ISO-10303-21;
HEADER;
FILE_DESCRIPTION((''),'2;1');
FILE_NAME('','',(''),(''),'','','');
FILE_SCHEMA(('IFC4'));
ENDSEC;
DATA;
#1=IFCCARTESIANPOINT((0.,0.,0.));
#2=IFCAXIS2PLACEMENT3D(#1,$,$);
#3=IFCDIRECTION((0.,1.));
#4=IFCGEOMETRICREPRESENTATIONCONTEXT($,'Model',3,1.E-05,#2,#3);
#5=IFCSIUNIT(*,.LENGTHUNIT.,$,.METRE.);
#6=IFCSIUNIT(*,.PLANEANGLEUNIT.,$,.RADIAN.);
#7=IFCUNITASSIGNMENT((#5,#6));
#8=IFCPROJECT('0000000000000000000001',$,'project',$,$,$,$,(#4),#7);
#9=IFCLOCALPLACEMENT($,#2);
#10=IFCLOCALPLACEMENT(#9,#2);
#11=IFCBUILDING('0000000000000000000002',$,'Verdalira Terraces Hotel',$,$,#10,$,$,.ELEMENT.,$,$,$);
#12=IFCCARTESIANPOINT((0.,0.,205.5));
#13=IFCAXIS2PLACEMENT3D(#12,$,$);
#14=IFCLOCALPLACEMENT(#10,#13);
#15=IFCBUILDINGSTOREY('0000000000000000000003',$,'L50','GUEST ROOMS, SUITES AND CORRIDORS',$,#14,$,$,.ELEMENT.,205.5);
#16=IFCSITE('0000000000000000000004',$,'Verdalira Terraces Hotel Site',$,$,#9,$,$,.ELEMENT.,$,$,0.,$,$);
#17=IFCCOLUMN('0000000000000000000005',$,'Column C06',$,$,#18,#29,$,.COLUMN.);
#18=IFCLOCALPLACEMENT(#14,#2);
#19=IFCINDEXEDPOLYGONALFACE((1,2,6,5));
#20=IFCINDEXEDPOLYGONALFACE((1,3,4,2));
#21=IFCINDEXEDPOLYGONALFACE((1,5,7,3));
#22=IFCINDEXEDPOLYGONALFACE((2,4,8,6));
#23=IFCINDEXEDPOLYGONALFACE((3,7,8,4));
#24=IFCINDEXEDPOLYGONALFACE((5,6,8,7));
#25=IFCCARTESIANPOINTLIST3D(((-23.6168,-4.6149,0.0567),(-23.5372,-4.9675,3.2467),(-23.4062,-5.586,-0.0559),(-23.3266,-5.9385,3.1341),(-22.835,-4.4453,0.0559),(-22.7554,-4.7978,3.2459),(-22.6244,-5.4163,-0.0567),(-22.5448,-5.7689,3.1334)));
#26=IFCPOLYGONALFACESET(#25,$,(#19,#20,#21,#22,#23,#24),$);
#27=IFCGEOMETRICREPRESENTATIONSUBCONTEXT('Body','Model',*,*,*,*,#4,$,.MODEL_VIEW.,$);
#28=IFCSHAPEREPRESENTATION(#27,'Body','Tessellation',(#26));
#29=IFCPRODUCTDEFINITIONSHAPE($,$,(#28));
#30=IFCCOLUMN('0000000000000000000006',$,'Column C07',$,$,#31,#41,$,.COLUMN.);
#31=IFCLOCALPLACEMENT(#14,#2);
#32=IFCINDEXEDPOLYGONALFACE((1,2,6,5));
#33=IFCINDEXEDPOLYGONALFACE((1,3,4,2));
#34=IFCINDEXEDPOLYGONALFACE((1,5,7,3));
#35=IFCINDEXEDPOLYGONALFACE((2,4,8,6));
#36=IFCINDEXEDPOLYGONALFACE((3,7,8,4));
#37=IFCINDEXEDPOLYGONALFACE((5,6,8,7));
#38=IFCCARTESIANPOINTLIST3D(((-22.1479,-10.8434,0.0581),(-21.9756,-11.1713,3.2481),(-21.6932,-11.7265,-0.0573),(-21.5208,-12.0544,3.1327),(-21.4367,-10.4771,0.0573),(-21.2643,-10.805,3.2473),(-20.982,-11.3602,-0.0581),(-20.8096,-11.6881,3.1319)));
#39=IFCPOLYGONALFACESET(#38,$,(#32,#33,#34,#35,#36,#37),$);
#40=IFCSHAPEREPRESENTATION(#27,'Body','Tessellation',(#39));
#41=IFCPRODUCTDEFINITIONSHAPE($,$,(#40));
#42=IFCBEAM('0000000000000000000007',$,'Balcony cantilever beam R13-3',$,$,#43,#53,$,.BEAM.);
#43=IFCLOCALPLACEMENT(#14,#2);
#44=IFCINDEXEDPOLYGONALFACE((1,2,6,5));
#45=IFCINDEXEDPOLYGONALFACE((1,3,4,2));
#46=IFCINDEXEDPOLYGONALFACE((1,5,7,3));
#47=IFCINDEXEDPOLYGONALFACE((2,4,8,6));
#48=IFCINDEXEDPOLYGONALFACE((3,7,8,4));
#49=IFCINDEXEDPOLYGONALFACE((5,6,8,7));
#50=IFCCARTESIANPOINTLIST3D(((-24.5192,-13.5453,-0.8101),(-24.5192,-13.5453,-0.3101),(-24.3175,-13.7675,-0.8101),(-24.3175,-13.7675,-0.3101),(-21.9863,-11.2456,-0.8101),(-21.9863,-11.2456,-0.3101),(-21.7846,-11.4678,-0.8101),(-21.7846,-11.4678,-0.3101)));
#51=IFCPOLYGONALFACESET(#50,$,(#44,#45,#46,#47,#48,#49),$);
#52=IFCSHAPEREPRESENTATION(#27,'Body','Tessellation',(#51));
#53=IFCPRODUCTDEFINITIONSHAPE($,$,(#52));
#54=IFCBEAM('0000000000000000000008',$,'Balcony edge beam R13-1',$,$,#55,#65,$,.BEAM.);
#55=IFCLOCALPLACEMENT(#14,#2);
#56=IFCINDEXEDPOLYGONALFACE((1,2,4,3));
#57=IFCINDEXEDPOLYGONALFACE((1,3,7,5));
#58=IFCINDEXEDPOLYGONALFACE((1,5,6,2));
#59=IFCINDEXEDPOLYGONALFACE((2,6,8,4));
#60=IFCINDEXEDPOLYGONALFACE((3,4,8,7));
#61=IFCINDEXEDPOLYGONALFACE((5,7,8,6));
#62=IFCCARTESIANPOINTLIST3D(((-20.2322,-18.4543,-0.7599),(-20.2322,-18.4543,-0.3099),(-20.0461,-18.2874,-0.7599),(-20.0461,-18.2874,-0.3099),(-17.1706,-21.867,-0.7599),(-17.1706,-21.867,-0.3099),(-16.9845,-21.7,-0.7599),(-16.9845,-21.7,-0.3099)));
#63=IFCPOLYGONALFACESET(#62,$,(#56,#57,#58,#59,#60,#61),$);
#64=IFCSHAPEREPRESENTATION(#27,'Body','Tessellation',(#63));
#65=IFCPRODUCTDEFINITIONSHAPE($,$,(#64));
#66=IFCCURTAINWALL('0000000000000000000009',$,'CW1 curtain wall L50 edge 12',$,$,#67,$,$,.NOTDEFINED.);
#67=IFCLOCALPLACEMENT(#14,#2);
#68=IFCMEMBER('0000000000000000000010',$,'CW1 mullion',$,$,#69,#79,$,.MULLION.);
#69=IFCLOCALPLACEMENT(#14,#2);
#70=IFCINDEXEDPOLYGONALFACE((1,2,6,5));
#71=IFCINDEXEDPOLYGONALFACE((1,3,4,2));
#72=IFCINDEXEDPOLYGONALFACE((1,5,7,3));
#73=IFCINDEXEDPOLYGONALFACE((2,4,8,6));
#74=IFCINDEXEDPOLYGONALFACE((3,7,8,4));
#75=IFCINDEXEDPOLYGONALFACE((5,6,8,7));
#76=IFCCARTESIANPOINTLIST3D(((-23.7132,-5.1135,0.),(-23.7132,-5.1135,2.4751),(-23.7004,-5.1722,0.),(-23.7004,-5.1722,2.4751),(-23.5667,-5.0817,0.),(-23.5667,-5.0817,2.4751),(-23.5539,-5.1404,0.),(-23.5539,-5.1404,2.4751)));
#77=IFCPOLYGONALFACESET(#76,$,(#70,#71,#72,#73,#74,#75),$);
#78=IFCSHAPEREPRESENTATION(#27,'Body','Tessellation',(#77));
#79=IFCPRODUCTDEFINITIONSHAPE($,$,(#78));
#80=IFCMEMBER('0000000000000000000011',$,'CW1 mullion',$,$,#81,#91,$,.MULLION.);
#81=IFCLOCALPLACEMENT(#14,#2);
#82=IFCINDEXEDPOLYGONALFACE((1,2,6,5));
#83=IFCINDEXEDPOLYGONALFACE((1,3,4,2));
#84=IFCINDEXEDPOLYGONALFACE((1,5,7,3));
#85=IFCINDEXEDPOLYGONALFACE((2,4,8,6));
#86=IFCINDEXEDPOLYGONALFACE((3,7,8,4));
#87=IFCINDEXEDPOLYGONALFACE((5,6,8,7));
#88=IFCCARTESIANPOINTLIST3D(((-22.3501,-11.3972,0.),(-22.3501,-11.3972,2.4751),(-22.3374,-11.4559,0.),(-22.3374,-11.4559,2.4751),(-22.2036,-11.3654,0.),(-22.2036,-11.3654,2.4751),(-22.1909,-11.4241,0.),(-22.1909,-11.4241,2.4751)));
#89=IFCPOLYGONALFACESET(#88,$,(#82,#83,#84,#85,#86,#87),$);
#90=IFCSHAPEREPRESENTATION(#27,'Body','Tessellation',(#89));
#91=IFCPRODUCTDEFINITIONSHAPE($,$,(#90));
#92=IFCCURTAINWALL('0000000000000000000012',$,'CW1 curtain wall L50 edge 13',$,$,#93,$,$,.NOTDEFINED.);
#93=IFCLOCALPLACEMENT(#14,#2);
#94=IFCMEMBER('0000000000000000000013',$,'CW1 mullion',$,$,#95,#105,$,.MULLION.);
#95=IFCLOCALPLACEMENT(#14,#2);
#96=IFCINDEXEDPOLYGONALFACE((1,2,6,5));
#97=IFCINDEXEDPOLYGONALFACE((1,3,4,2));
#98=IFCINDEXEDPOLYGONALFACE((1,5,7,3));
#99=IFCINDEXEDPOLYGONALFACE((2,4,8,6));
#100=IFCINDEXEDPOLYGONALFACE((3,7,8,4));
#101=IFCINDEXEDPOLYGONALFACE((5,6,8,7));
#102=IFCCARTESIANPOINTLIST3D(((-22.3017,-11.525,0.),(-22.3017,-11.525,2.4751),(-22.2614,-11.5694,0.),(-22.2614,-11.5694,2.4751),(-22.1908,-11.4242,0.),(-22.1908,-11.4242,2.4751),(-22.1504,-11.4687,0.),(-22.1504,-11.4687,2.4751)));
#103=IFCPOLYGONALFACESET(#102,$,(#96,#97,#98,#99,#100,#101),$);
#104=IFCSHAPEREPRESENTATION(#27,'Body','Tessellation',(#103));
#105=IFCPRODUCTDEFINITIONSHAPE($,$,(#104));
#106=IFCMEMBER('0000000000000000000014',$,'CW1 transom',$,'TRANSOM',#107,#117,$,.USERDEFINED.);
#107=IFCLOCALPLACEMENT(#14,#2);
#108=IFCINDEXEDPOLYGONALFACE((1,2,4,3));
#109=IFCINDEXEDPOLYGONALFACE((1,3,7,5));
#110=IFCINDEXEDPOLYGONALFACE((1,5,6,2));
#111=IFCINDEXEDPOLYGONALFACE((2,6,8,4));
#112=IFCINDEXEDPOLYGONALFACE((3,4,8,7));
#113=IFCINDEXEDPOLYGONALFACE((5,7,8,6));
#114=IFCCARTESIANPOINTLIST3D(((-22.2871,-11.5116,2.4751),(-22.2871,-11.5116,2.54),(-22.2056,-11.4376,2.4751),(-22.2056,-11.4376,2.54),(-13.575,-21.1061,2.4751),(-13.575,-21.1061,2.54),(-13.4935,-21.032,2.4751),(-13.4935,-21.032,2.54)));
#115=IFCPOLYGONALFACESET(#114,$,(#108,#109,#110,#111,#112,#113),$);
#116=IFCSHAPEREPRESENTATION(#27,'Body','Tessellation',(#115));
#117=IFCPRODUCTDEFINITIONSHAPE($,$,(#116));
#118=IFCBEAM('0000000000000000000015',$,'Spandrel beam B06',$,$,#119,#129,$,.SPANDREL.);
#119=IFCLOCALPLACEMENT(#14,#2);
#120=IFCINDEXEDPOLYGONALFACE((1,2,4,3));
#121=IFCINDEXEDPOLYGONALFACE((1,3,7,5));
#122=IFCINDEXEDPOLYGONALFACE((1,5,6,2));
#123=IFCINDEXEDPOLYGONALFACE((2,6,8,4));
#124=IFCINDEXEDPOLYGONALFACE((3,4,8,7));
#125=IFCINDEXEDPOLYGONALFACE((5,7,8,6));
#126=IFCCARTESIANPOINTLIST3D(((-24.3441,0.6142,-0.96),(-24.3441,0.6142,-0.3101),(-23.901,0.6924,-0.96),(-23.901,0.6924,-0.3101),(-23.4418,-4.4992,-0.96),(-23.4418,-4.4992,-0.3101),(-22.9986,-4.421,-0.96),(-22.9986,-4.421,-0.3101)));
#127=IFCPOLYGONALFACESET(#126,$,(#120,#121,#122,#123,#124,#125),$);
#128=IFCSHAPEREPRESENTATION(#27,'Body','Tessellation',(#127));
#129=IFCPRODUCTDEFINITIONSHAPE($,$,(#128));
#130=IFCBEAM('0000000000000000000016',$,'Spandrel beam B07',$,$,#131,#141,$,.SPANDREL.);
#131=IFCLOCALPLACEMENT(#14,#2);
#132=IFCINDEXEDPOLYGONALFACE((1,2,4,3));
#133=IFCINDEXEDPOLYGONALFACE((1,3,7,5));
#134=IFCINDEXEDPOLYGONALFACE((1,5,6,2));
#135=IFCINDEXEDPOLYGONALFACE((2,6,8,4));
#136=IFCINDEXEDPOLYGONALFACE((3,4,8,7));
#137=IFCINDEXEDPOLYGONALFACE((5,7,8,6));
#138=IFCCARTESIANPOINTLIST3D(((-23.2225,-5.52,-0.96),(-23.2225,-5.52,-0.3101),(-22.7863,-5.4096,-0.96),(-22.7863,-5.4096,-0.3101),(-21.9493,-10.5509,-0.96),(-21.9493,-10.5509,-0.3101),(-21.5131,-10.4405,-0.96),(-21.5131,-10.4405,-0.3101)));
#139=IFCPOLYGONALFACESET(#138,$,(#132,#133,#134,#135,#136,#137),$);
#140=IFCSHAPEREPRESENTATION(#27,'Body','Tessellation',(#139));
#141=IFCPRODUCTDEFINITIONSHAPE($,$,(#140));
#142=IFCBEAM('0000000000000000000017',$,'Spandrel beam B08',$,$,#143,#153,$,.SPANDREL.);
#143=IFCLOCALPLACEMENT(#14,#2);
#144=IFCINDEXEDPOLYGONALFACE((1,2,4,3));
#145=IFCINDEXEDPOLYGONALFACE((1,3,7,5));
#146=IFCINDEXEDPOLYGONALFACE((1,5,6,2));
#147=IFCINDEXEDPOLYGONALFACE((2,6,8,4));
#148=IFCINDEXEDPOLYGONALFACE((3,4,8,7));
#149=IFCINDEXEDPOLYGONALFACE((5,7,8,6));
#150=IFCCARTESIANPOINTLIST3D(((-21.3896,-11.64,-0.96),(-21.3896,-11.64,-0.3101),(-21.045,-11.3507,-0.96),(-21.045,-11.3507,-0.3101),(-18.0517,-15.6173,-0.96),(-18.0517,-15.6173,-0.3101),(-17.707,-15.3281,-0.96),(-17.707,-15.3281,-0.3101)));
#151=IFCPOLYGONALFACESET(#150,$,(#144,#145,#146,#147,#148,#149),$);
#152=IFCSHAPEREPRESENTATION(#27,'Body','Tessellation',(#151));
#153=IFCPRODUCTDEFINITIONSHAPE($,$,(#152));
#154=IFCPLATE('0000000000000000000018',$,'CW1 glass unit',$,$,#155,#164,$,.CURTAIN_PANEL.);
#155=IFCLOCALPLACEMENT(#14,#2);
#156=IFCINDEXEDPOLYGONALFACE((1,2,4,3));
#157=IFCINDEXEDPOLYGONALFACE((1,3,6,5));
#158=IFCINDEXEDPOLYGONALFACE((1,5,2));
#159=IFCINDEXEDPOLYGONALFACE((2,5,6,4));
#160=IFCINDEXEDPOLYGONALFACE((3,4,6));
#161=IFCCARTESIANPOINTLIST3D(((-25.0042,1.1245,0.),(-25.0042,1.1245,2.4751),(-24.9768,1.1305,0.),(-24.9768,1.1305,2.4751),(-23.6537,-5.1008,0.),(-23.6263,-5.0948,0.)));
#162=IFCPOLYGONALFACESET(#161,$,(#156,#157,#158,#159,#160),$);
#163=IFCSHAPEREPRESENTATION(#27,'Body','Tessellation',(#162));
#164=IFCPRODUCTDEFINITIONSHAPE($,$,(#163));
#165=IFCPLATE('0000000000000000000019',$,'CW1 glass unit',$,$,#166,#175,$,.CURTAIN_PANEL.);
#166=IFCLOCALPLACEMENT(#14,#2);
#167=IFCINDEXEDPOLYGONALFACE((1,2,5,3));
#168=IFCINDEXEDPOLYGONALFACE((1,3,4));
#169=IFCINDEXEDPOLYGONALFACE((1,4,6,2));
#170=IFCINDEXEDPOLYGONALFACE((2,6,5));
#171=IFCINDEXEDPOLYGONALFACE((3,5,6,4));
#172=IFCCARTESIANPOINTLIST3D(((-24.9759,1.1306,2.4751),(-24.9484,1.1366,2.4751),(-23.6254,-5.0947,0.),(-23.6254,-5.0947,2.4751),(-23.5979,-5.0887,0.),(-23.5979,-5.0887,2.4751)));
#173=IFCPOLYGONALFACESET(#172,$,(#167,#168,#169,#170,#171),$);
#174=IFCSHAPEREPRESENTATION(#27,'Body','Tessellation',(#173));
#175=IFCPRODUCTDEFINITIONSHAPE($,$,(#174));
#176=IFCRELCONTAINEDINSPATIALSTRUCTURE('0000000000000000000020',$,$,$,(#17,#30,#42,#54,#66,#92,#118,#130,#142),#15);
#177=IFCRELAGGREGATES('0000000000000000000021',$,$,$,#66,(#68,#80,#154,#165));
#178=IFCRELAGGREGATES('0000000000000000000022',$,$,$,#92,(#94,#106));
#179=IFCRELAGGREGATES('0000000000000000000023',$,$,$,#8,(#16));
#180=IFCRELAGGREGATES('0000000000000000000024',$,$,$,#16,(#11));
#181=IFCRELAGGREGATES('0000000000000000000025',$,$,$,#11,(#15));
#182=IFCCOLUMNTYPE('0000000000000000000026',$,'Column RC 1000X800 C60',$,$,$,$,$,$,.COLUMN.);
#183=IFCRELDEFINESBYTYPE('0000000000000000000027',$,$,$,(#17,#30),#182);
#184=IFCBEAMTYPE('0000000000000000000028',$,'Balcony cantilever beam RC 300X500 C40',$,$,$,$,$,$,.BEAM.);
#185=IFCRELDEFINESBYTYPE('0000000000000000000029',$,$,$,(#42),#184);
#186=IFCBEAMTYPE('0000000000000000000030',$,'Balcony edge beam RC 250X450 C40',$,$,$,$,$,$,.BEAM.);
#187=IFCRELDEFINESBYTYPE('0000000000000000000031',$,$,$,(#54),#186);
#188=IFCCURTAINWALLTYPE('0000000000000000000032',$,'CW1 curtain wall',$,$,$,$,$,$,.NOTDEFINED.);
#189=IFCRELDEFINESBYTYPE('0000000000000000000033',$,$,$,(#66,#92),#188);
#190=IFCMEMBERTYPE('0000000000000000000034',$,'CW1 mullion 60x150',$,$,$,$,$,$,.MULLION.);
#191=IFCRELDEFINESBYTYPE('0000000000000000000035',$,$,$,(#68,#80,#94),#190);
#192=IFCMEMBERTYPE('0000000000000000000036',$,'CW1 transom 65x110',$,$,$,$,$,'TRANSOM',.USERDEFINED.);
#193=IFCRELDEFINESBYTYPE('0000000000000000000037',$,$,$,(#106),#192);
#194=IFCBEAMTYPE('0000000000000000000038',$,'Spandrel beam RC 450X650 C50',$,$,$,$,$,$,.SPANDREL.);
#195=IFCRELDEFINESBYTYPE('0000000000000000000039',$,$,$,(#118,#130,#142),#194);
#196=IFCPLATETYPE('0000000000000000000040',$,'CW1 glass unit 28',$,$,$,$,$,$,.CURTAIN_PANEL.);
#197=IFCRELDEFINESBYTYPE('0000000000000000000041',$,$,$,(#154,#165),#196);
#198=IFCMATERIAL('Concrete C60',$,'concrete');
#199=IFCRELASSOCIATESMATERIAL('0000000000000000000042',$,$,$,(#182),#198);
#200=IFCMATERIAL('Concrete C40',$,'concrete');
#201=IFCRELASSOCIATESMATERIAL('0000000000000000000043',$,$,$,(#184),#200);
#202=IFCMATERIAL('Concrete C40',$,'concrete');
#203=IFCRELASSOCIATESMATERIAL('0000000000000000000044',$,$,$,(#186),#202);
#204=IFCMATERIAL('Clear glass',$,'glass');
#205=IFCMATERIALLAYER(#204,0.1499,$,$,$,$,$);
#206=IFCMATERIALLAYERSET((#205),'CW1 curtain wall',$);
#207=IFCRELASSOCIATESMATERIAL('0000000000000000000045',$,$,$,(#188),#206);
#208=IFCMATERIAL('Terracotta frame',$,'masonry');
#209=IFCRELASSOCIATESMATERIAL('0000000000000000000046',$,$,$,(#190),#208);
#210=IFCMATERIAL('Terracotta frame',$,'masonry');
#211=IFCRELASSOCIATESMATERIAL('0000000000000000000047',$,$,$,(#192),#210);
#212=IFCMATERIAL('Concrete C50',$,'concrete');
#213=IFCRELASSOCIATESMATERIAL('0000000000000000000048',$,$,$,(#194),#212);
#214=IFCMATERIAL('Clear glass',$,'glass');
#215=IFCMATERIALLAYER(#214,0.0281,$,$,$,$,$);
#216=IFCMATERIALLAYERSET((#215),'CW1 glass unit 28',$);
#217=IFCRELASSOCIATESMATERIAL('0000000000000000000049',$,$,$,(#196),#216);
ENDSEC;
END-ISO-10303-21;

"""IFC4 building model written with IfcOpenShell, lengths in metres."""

from ifc_helpers import new_model, si_unit, direction, frame, origin, origin_2d, place, context, subcontext, project, spatial, polyline, rectangle, outline, extrude, material, layer, layer_set, material_profile, profile_set, type_object, element, aggregate, save


model = new_model("IFC4")

# Units and contexts
model_context = context("Model", 3, precision=1e-05, world=origin(), true_north=direction((0.0, 1.0)))
body_context = subcontext(model_context, "Body", "Model", "MODEL_VIEW")
ifc_project = project(units=[si_unit("LENGTHUNIT", "METRE"), si_unit("PLANEANGLEUNIT", "RADIAN")], contexts=[model_context])

# Site, building, storey
site_placement = place(None, origin())
site = spatial("IfcSite", under=ifc_project, at=site_placement, Name="Verdalira Terraces Hotel Site", CompositionType="ELEMENT", RefElevation=0.0)
building_placement = place(site_placement, origin())
building = spatial("IfcBuilding", under=site, at=building_placement, Name="Verdalira Terraces Hotel", CompositionType="ELEMENT")
storey_placement = place(building_placement, frame((0.0, 0.0, 205.5)))
storey = spatial("IfcBuildingStorey", under=building, at=storey_placement, Name="L50", Description="GUEST ROOMS, SUITES AND CORRIDORS", CompositionType="ELEMENT", Elevation=205.5)

# Columns
ifc_material_1 = material(Name="Concrete C60", Category="concrete")
ifc_material_profile_1 = material_profile(ifc_material_1, rectangle(XDim=1.0, YDim=0.8, at=origin_2d()), Name="RC 1000X800")
ifc_profile_set_1 = profile_set([ifc_material_profile_1], Name="Concrete C60")
column_type = type_object("IfcColumnType", Name="Column RC 1000X800 C60", PredefinedType="COLUMN", material=ifc_profile_set_1)
column_1_placement = place(storey_placement, frame((-23.1206, -5.0156, 0.0), z_axis=(0.024792, -0.109813, 0.993643), x_axis=(0.210587, -0.971072, -0.112573)))
element("IfcColumn", 1, at=column_1_placement, inside=storey, type_object=column_type, Name="Column C06", PredefinedType="COLUMN", context=body_context, shape_type="SweptSolid", body=[
    extrude(rectangle(XDim=1.0, YDim=0.8, at=origin_2d()), origin(), (0.0, 0.0, 1.0), 3.2104),
])
column_2_placement = place(storey_placement, frame((-21.5649, -11.1018, 0.0), z_axis=(0.053673, -0.1021, 0.993325), x_axis=(-0.454725, 0.883132, 0.115344)))
element("IfcColumn", 2, at=column_2_placement, inside=storey, type_object=column_type, Name="Column C07", PredefinedType="COLUMN", context=body_context, shape_type="SweptSolid", body=[
    extrude(rectangle(XDim=1.0, YDim=0.8, at=origin_2d()), origin(), (0.0, 0.0, 1.0), 3.2114),
])

# Beams
ifc_material_2 = material(Name="Concrete C40", Category="concrete")
ifc_material_profile_2 = material_profile(ifc_material_2, rectangle(XDim=0.3, YDim=0.5, at=origin_2d()), Name="RC 300X500")
ifc_profile_set_2 = profile_set([ifc_material_profile_2], Name="Concrete C40")
beam_type_1 = type_object("IfcBeamType", Name="Balcony cantilever beam RC 300X500 C40", PredefinedType="BEAM", material=ifc_profile_set_2)
beam_1_placement = place(storey_placement, frame((-21.8855, -11.3567, -0.5601), z_axis=(-0.74036, -0.672211, 0.0), x_axis=(0.672211, -0.74036, 0.0)))
element("IfcBeam", 3, at=beam_1_placement, inside=storey, type_object=beam_type_1, Name="Balcony cantilever beam R13-3", PredefinedType="BEAM", context=body_context, shape_type="SweptSolid", body=[
    extrude(rectangle(XDim=0.3, YDim=0.5, at=origin_2d()), origin(), (0.0, 0.0, 1.0), 3.4211),
])
ifc_material_3 = material(Name="Concrete C40", Category="concrete")
ifc_material_profile_3 = material_profile(ifc_material_3, rectangle(XDim=0.25, YDim=0.45, at=origin_2d()), Name="RC 250X450")
ifc_profile_set_3 = profile_set([ifc_material_profile_3], Name="Concrete C40")
beam_type_2 = type_object("IfcBeamType", Name="Balcony edge beam RC 250X450 C40", PredefinedType="BEAM", material=ifc_profile_set_3)
beam_2_placement = place(storey_placement, frame((-20.1392, -18.3709, -0.5349), z_axis=(0.667781, -0.744358, 0.0), x_axis=(0.744358, 0.667781, 0.0)))
element("IfcBeam", 4, at=beam_2_placement, inside=storey, type_object=beam_type_2, Name="Balcony edge beam R13-1", PredefinedType="BEAM", context=body_context, shape_type="SweptSolid", body=[
    extrude(rectangle(XDim=0.25, YDim=0.45, at=origin_2d()), origin(), (0.0, 0.0, 1.0), 4.5847),
])

# Curtain walls, members
ifc_material_4 = material(Name="Clear glass", Category="glass")
ifc_layer_1 = layer(ifc_material_4, 0.1499)
ifc_layer_set_1 = layer_set([ifc_layer_1], Name="CW1 curtain wall")
curtain_wall_type = type_object("IfcCurtainWallType", Name="CW1 curtain wall", PredefinedType="NOTDEFINED", material=ifc_layer_set_1)
curtain_wall_1_placement = place(storey_placement, origin())
curtain_wall_1 = element("IfcCurtainWall", 5, at=curtain_wall_1_placement, inside=storey, type_object=curtain_wall_type, Name="CW1 curtain wall L50 edge 12", PredefinedType="NOTDEFINED")
ifc_material_5 = material(Name="Terracotta frame", Category="masonry")
ifc_material_profile_4 = material_profile(ifc_material_5, rectangle(XDim=0.0601, YDim=0.1499, at=origin_2d()), Name="MU 60x150")
ifc_profile_set_4 = profile_set([ifc_material_profile_4], Name="Terracotta frame")
member_type_1 = type_object("IfcMemberType", Name="CW1 mullion 60x150", PredefinedType="MULLION", material=ifc_profile_set_4)
member_1_placement = place(storey_placement, frame((-23.6335, -5.127, 0.0), z_axis=(0.0, 0.0, 1.0), x_axis=(0.212007, -0.977268, 0.0)))
member_1 = element("IfcMember", 6, at=member_1_placement, type_object=member_type_1, Name="CW1 mullion", PredefinedType="MULLION", context=body_context, shape_type="SweptSolid", body=[
    extrude(rectangle(XDim=0.0601, YDim=0.1499, at=origin_2d()), origin(), (0.0, 0.0, 1.0), 2.4751),
])
member_2_placement = place(storey_placement, frame((-22.2705, -11.4106, 0.0), z_axis=(0.0, 0.0, 1.0), x_axis=(0.212007, -0.977268, 0.0)))
member_2 = element("IfcMember", 7, at=member_2_placement, type_object=member_type_1, Name="CW1 mullion", PredefinedType="MULLION", context=body_context, shape_type="SweptSolid", body=[
    extrude(rectangle(XDim=0.0601, YDim=0.1499, at=origin_2d()), origin(), (0.0, 0.0, 1.0), 2.4751),
])
curtain_wall_2_placement = place(storey_placement, origin())
curtain_wall_2 = element("IfcCurtainWall", 8, at=curtain_wall_2_placement, inside=storey, type_object=curtain_wall_type, Name="CW1 curtain wall L50 edge 13", PredefinedType="NOTDEFINED")
member_3_placement = place(storey_placement, frame((-22.2261, -11.4968, 0.0), z_axis=(0.0, 0.0, 1.0), x_axis=(0.672238, -0.740335, 0.0)))
member_3 = element("IfcMember", 9, at=member_3_placement, type_object=member_type_1, Name="CW1 mullion", PredefinedType="MULLION", context=body_context, shape_type="SweptSolid", body=[
    extrude(rectangle(XDim=0.0601, YDim=0.1499, at=origin_2d()), origin(), (0.0, 0.0, 1.0), 2.4751),
])
ifc_material_6 = material(Name="Terracotta frame", Category="masonry")
ifc_material_profile_5 = material_profile(ifc_material_6, rectangle(XDim=0.1101, YDim=0.0649, at=origin_2d()), Name="TR 65x110")
ifc_profile_set_5 = profile_set([ifc_material_profile_5], Name="Terracotta frame")
member_type_2 = type_object("IfcMemberType", Name="CW1 transom 65x110", ElementType="TRANSOM", PredefinedType="USERDEFINED", material=ifc_profile_set_5)
member_4_placement = place(storey_placement, frame((-22.2463, -11.4746, 2.5076), z_axis=(0.672246, -0.740328, 0.0), x_axis=(0.740328, 0.672246, 0.0)))
member_4 = element("IfcMember", 10, at=member_4_placement, type_object=member_type_2, Name="CW1 transom", ObjectType="TRANSOM", PredefinedType="USERDEFINED", context=body_context, shape_type="SweptSolid", body=[
    extrude(rectangle(XDim=0.1101, YDim=0.0649, at=origin_2d()), origin(), (0.0, 0.0, 1.0), 12.9597),
])

# Beams
ifc_material_7 = material(Name="Concrete C50", Category="concrete")
ifc_material_profile_6 = material_profile(ifc_material_7, rectangle(XDim=0.45, YDim=0.6499, at=origin_2d()), Name="RC 450X650")
ifc_profile_set_6 = profile_set([ifc_material_profile_6], Name="Concrete C50")
beam_type_3 = type_object("IfcBeamType", Name="Spandrel beam RC 450X650 C50", PredefinedType="SPANDREL", material=ifc_profile_set_6)
beam_3_placement = place(storey_placement, frame((-24.1226, 0.6533, -0.635), z_axis=(0.173785, -0.984784, 0.0), x_axis=(0.984784, 0.173785, 0.0)))
element("IfcBeam", 11, at=beam_3_placement, inside=storey, type_object=beam_type_3, Name="Spandrel beam B06", PredefinedType="SPANDREL", context=body_context, shape_type="SweptSolid", body=[
    extrude(rectangle(XDim=0.45, YDim=0.6499, at=origin_2d()), origin(), (0.0, 0.0, 1.0), 5.1924),
])
beam_4_placement = place(storey_placement, frame((-23.0044, -5.4648, -0.635), z_axis=(0.245346, -0.969435, 0.0), x_axis=(0.969435, 0.245346, 0.0)))
element("IfcBeam", 12, at=beam_4_placement, inside=storey, type_object=beam_type_3, Name="Spandrel beam B07", PredefinedType="SPANDREL", context=body_context, shape_type="SweptSolid", body=[
    extrude(rectangle(XDim=0.45, YDim=0.6499, at=origin_2d()), origin(), (0.0, 0.0, 1.0), 5.1895),
])
beam_5_placement = place(storey_placement, frame((-21.2173, -11.4954, -0.635), z_axis=(0.642849, -0.765993, 0.0), x_axis=(0.765993, 0.642849, 0.0)))
element("IfcBeam", 13, at=beam_5_placement, inside=storey, type_object=beam_type_3, Name="Spandrel beam B08", PredefinedType="SPANDREL", context=body_context, shape_type="SweptSolid", body=[
    extrude(rectangle(XDim=0.45, YDim=0.6499, at=origin_2d()), origin(), (0.0, 0.0, 1.0), 5.1924),
])

# Plates
ifc_material_8 = material(Name="Clear glass", Category="glass")
ifc_layer_2 = layer(ifc_material_8, 0.0281)
ifc_layer_set_2 = layer_set([ifc_layer_2], Name="CW1 glass unit 28")
plate_type = type_object("IfcPlateType", Name="CW1 glass unit 28", PredefinedType="CURTAIN_PANEL", material=ifc_layer_set_2)
plate_1_placement = place(storey_placement, frame((-24.3015, -1.9822, 1.2375), z_axis=(-0.977268, -0.212007, 0.0), x_axis=(0.212007, -0.977268, 0.0)))
plate_1 = element("IfcPlate", 14, at=plate_1_placement, type_object=plate_type, Name="CW1 glass unit", PredefinedType="CURTAIN_PANEL", context=body_context, shape_type="SweptSolid", body=[
    extrude(outline(polyline([(-3.1851, -1.2375), (3.1851, -1.2375), (-3.1851, 1.2375), (-3.1851, -1.2375)])), origin(), (0.0, 0.0, 1.0), 0.0281),
])
plate_2_placement = place(storey_placement, frame((-24.2732, -1.9761, 1.2375), z_axis=(-0.977268, -0.212007, 0.0), x_axis=(0.212007, -0.977268, 0.0)))
plate_2 = element("IfcPlate", 15, at=plate_2_placement, type_object=plate_type, Name="CW1 glass unit", PredefinedType="CURTAIN_PANEL", context=body_context, shape_type="SweptSolid", body=[
    extrude(outline(polyline([(3.1851, -1.2375), (3.1851, 1.2375), (-3.1851, 1.2375), (3.1851, -1.2375)])), origin(), (0.0, 0.0, 1.0), 0.0281),
])
aggregate(curtain_wall_1, [member_1, member_2, plate_1, plate_2])
aggregate(curtain_wall_2, [member_3, member_4])

save(model, "model.ifc")
